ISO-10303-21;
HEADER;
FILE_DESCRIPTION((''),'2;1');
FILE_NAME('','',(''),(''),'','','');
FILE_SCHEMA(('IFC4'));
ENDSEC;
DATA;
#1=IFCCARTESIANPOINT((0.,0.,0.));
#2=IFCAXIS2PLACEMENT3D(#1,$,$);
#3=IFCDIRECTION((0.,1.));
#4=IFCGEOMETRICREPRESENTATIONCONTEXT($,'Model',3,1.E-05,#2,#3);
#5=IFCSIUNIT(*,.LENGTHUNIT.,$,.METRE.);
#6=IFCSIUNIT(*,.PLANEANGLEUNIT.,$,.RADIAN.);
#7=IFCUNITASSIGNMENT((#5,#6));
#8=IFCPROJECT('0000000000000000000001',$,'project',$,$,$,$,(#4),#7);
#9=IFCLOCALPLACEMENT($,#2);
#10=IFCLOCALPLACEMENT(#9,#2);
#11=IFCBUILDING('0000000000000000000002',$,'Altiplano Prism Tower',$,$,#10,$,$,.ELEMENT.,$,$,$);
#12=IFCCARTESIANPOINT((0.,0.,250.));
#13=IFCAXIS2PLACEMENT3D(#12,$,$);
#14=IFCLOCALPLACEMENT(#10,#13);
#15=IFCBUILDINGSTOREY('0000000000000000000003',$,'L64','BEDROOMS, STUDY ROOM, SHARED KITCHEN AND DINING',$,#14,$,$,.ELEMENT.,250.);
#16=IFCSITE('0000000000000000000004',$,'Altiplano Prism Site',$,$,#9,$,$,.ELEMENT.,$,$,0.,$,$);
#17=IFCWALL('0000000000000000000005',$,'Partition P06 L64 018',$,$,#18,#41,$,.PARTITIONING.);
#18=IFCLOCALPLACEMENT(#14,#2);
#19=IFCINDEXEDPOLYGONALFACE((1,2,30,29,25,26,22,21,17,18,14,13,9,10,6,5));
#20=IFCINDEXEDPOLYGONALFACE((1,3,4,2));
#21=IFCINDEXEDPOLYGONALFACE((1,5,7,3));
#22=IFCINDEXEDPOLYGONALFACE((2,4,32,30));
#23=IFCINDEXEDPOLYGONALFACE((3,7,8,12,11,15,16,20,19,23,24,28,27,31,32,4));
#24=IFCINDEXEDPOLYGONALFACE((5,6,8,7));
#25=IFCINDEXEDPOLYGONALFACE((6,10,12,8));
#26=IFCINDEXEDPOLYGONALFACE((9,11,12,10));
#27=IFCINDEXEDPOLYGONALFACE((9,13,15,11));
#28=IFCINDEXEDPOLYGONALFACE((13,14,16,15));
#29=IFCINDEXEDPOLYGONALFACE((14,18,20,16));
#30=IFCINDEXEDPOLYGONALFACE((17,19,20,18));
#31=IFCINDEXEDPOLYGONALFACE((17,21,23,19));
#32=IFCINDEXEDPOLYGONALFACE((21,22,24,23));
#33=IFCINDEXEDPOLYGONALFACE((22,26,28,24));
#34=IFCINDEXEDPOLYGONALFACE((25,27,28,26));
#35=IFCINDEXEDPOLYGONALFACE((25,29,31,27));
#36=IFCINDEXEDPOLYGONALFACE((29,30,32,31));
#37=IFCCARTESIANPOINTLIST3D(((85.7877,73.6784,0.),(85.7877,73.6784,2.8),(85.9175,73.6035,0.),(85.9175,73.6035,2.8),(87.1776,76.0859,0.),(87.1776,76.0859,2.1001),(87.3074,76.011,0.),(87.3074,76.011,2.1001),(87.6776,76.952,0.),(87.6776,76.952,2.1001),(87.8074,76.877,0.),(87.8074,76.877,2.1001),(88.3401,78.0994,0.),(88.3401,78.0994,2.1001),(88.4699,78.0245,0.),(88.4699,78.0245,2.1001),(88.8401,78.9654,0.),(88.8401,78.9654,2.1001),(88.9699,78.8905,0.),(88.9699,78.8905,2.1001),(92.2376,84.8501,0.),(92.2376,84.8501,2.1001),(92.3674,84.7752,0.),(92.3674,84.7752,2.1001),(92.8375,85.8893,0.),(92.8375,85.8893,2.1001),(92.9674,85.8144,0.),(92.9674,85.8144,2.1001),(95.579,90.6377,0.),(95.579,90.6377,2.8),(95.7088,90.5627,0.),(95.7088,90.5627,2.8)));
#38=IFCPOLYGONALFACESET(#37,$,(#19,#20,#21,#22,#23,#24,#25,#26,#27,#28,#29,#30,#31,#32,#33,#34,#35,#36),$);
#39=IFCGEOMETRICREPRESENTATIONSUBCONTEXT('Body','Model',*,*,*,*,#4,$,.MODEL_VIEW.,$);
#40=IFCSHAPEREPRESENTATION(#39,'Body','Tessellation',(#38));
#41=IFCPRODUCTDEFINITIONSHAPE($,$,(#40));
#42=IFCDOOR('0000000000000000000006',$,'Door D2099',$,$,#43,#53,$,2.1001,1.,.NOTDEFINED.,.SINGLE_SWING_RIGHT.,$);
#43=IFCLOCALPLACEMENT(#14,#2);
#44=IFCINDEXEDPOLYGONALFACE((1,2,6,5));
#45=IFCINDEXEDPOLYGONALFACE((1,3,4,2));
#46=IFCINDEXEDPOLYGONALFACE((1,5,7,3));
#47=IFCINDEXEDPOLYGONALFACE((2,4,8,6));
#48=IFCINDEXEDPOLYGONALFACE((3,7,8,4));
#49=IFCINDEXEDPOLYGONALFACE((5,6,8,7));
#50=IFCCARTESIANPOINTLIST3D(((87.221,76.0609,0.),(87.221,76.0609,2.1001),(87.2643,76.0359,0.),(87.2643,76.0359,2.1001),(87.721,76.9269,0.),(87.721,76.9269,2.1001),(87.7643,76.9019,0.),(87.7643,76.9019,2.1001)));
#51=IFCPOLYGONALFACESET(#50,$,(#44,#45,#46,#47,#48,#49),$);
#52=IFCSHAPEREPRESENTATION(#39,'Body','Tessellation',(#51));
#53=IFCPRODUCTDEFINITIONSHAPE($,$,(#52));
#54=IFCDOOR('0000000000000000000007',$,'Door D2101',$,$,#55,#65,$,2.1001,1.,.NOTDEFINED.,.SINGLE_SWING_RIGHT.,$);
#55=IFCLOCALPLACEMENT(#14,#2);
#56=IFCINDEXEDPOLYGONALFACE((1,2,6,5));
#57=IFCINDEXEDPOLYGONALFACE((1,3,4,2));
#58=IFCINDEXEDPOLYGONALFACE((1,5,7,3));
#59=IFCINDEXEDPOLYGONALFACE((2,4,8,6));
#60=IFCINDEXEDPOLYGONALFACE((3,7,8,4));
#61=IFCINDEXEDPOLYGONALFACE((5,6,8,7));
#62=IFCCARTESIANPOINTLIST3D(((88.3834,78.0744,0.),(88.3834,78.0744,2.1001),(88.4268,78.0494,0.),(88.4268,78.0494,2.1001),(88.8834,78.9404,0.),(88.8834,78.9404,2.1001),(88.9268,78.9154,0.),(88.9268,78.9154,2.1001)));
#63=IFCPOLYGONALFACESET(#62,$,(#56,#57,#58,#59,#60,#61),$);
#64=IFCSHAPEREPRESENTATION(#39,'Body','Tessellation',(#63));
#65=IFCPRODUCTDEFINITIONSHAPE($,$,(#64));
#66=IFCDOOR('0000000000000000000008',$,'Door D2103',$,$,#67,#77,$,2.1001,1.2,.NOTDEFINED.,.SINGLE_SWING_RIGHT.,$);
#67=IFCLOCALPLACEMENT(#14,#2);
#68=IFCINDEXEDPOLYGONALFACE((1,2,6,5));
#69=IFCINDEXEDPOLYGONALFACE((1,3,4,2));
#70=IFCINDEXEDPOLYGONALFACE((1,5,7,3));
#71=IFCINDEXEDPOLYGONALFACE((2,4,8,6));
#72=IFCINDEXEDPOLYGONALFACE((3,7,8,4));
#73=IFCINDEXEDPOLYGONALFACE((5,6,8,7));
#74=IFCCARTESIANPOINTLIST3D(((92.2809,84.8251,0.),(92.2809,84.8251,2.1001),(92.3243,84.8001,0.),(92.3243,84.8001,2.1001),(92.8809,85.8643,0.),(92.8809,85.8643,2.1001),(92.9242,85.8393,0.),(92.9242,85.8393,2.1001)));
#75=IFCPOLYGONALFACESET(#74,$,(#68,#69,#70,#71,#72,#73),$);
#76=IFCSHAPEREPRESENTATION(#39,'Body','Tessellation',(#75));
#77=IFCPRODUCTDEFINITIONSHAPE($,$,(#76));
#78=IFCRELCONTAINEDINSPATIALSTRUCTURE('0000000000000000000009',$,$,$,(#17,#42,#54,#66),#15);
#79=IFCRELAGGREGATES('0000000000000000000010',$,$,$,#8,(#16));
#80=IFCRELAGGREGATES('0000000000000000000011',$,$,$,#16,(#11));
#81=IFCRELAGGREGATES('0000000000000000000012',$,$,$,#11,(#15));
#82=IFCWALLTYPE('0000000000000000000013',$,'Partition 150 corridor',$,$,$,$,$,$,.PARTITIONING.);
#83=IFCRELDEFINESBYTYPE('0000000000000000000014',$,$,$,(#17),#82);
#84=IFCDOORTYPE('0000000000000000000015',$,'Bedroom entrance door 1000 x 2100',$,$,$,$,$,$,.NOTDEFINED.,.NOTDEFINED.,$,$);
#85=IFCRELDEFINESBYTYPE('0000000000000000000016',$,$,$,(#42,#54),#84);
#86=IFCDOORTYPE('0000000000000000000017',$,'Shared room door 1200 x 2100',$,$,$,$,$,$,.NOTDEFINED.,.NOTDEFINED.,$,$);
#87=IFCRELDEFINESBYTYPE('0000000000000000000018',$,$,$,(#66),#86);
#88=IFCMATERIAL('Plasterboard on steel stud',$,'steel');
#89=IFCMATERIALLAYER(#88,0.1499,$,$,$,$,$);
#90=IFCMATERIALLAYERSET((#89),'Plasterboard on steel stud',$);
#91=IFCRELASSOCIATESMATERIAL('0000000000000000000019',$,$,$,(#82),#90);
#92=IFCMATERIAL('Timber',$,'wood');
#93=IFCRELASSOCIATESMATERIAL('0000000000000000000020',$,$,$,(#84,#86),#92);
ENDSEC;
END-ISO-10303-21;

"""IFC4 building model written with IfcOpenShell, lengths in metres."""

from ifc_helpers import new_model, si_unit, direction, frame, frame_2d, origin, place, context, subcontext, project, spatial, rectangle, extrude, material, layer, layer_set, type_object, element, fill, save


model = new_model("IFC4")

# Units and contexts
model_context = context("Model", 3, precision=1e-05, world=origin(), true_north=direction((0.0, 1.0)))
body_context = subcontext(model_context, "Body", "Model", "MODEL_VIEW")
ifc_project = project(units=[si_unit("LENGTHUNIT", "METRE"), si_unit("PLANEANGLEUNIT", "RADIAN")], contexts=[model_context])

# Site, building, storey
site_placement = place(None, origin())
site = spatial("IfcSite", under=ifc_project, at=site_placement, Name="Altiplano Prism Site", CompositionType="ELEMENT", RefElevation=0.0)
building_placement = place(site_placement, origin())
building = spatial("IfcBuilding", under=site, at=building_placement, Name="Altiplano Prism Tower", CompositionType="ELEMENT")
storey_placement = place(building_placement, frame((0.0, 0.0, 250.0)))
storey = spatial("IfcBuildingStorey", under=building, at=storey_placement, Name="L64", Description="BEDROOMS, STUDY ROOM, SHARED KITCHEN AND DINING", CompositionType="ELEMENT", Elevation=250.0)

# Shared definitions
ifc_material_1 = material(Name="Plasterboard on steel stud", Category="steel")

# Shared definitions
ifc_material_2 = material(Name="Timber", Category="wood")

# Shared definitions
ifc_layer_1 = layer(ifc_material_1, 0.1499)
ifc_layer_set_1 = layer_set([ifc_layer_1], Name="Plasterboard on steel stud")
wall_type_1 = type_object("IfcWallType", Name="Partition 150 corridor", PredefinedType="PARTITIONING", material=ifc_layer_set_1)

# Wall, openings, doors
wall_1_placement = place(storey_placement, frame((85.8525, 73.6409, 0.0), z_axis=(0.0, 0.0, 1.0), x_axis=(0.499994, 0.866029, 0.0)))
wall_1 = element("IfcWall", 1, at=wall_1_placement, inside=storey, type_object=wall_type_1, Name="Partition P06 L64 018", PredefinedType="PARTITIONING", context=body_context, shape_type="SweptSolid", body=[
    extrude(rectangle(XDim=19.5828, YDim=0.1499, at=frame_2d((9.7915, 0.0))), origin(), (0.0, 0.0, 1.0), 2.8),
])
opening_1_placement = place(wall_1_placement, frame((2.78, 0.0, 0.0)))
opening_1 = element("IfcOpeningElement", 2, at=opening_1_placement, cuts=wall_1, PredefinedType="OPENING", context=body_context, shape_type="SweptSolid", body=[
    extrude(rectangle(XDim=1.0, YDim=2.1001, at=frame_2d((0.5, 1.05))), frame((0.0, 0.0854, 0.0), z_axis=(0.0, -1.0, 0.0), x_axis=(1.0, 0.0, 0.0)), (0.0, 0.0, 1.0), 0.1709),
])
opening_2_placement = place(wall_1_placement, frame((5.105, 0.0, 0.0)))
opening_2 = element("IfcOpeningElement", 3, at=opening_2_placement, cuts=wall_1, PredefinedType="OPENING", context=body_context, shape_type="SweptSolid", body=[
    extrude(rectangle(XDim=1.0, YDim=2.1001, at=frame_2d((0.5, 1.05))), frame((0.0, 0.0854, 0.0), z_axis=(0.0, -1.0, 0.0), x_axis=(1.0, 0.0, 0.0)), (0.0, 0.0, 1.0), 0.1709),
])
opening_3_placement = place(wall_1_placement, frame((12.8999, 0.0, 0.0)))
opening_3 = element("IfcOpeningElement", 4, at=opening_3_placement, cuts=wall_1, PredefinedType="OPENING", context=body_context, shape_type="SweptSolid", body=[
    extrude(rectangle(XDim=1.2, YDim=2.1001, at=frame_2d((0.6001, 1.05))), frame((0.0, 0.0854, 0.0), z_axis=(0.0, -1.0, 0.0), x_axis=(1.0, 0.0, 0.0)), (0.0, 0.0, 1.0), 0.1709),
])
door_type_1 = type_object("IfcDoorType", Name="Bedroom entrance door 1000 x 2100", OperationType="NOTDEFINED", PredefinedType="NOTDEFINED", material=ifc_material_2)
door_1_placement = place(opening_1_placement, origin())
door_1 = element("IfcDoor", 5, at=door_1_placement, inside=storey, type_object=door_type_1, Name="Door D2099", OperationType="SINGLE_SWING_RIGHT", OverallHeight=2.1001, OverallWidth=1.0, PredefinedType="NOTDEFINED", context=body_context, shape_type="SweptSolid", body=[
    extrude(rectangle(XDim=1.0, YDim=2.1001, at=frame_2d((0.5, 1.05))), frame((0.0, 0.0249, 0.0), z_axis=(0.0, -1.0, 0.0), x_axis=(1.0, 0.0, 0.0)), (0.0, 0.0, 1.0), 0.05),
])
fill(opening_1, door_1)
door_2_placement = place(opening_2_placement, origin())
door_2 = element("IfcDoor", 6, at=door_2_placement, inside=storey, type_object=door_type_1, Name="Door D2101", OperationType="SINGLE_SWING_RIGHT", OverallHeight=2.1001, OverallWidth=1.0, PredefinedType="NOTDEFINED", context=body_context, shape_type="SweptSolid", body=[
    extrude(rectangle(XDim=1.0, YDim=2.1001, at=frame_2d((0.5, 1.05))), frame((0.0, 0.0249, 0.0), z_axis=(0.0, -1.0, 0.0), x_axis=(1.0, 0.0, 0.0)), (0.0, 0.0, 1.0), 0.05),
])
fill(opening_2, door_2)
door_type_2 = type_object("IfcDoorType", Name="Shared room door 1200 x 2100", OperationType="NOTDEFINED", PredefinedType="NOTDEFINED", material=ifc_material_2)
door_3_placement = place(opening_3_placement, origin())
door_3 = element("IfcDoor", 7, at=door_3_placement, inside=storey, type_object=door_type_2, Name="Door D2103", OperationType="SINGLE_SWING_RIGHT", OverallHeight=2.1001, OverallWidth=1.2, PredefinedType="NOTDEFINED", context=body_context, shape_type="SweptSolid", body=[
    extrude(rectangle(XDim=1.2, YDim=2.1001, at=frame_2d((0.6001, 1.05))), frame((0.0, 0.0249, 0.0), z_axis=(0.0, -1.0, 0.0), x_axis=(1.0, 0.0, 0.0)), (0.0, 0.0, 1.0), 0.05),
])
fill(opening_3, door_3)

save(model, "model.ifc")
